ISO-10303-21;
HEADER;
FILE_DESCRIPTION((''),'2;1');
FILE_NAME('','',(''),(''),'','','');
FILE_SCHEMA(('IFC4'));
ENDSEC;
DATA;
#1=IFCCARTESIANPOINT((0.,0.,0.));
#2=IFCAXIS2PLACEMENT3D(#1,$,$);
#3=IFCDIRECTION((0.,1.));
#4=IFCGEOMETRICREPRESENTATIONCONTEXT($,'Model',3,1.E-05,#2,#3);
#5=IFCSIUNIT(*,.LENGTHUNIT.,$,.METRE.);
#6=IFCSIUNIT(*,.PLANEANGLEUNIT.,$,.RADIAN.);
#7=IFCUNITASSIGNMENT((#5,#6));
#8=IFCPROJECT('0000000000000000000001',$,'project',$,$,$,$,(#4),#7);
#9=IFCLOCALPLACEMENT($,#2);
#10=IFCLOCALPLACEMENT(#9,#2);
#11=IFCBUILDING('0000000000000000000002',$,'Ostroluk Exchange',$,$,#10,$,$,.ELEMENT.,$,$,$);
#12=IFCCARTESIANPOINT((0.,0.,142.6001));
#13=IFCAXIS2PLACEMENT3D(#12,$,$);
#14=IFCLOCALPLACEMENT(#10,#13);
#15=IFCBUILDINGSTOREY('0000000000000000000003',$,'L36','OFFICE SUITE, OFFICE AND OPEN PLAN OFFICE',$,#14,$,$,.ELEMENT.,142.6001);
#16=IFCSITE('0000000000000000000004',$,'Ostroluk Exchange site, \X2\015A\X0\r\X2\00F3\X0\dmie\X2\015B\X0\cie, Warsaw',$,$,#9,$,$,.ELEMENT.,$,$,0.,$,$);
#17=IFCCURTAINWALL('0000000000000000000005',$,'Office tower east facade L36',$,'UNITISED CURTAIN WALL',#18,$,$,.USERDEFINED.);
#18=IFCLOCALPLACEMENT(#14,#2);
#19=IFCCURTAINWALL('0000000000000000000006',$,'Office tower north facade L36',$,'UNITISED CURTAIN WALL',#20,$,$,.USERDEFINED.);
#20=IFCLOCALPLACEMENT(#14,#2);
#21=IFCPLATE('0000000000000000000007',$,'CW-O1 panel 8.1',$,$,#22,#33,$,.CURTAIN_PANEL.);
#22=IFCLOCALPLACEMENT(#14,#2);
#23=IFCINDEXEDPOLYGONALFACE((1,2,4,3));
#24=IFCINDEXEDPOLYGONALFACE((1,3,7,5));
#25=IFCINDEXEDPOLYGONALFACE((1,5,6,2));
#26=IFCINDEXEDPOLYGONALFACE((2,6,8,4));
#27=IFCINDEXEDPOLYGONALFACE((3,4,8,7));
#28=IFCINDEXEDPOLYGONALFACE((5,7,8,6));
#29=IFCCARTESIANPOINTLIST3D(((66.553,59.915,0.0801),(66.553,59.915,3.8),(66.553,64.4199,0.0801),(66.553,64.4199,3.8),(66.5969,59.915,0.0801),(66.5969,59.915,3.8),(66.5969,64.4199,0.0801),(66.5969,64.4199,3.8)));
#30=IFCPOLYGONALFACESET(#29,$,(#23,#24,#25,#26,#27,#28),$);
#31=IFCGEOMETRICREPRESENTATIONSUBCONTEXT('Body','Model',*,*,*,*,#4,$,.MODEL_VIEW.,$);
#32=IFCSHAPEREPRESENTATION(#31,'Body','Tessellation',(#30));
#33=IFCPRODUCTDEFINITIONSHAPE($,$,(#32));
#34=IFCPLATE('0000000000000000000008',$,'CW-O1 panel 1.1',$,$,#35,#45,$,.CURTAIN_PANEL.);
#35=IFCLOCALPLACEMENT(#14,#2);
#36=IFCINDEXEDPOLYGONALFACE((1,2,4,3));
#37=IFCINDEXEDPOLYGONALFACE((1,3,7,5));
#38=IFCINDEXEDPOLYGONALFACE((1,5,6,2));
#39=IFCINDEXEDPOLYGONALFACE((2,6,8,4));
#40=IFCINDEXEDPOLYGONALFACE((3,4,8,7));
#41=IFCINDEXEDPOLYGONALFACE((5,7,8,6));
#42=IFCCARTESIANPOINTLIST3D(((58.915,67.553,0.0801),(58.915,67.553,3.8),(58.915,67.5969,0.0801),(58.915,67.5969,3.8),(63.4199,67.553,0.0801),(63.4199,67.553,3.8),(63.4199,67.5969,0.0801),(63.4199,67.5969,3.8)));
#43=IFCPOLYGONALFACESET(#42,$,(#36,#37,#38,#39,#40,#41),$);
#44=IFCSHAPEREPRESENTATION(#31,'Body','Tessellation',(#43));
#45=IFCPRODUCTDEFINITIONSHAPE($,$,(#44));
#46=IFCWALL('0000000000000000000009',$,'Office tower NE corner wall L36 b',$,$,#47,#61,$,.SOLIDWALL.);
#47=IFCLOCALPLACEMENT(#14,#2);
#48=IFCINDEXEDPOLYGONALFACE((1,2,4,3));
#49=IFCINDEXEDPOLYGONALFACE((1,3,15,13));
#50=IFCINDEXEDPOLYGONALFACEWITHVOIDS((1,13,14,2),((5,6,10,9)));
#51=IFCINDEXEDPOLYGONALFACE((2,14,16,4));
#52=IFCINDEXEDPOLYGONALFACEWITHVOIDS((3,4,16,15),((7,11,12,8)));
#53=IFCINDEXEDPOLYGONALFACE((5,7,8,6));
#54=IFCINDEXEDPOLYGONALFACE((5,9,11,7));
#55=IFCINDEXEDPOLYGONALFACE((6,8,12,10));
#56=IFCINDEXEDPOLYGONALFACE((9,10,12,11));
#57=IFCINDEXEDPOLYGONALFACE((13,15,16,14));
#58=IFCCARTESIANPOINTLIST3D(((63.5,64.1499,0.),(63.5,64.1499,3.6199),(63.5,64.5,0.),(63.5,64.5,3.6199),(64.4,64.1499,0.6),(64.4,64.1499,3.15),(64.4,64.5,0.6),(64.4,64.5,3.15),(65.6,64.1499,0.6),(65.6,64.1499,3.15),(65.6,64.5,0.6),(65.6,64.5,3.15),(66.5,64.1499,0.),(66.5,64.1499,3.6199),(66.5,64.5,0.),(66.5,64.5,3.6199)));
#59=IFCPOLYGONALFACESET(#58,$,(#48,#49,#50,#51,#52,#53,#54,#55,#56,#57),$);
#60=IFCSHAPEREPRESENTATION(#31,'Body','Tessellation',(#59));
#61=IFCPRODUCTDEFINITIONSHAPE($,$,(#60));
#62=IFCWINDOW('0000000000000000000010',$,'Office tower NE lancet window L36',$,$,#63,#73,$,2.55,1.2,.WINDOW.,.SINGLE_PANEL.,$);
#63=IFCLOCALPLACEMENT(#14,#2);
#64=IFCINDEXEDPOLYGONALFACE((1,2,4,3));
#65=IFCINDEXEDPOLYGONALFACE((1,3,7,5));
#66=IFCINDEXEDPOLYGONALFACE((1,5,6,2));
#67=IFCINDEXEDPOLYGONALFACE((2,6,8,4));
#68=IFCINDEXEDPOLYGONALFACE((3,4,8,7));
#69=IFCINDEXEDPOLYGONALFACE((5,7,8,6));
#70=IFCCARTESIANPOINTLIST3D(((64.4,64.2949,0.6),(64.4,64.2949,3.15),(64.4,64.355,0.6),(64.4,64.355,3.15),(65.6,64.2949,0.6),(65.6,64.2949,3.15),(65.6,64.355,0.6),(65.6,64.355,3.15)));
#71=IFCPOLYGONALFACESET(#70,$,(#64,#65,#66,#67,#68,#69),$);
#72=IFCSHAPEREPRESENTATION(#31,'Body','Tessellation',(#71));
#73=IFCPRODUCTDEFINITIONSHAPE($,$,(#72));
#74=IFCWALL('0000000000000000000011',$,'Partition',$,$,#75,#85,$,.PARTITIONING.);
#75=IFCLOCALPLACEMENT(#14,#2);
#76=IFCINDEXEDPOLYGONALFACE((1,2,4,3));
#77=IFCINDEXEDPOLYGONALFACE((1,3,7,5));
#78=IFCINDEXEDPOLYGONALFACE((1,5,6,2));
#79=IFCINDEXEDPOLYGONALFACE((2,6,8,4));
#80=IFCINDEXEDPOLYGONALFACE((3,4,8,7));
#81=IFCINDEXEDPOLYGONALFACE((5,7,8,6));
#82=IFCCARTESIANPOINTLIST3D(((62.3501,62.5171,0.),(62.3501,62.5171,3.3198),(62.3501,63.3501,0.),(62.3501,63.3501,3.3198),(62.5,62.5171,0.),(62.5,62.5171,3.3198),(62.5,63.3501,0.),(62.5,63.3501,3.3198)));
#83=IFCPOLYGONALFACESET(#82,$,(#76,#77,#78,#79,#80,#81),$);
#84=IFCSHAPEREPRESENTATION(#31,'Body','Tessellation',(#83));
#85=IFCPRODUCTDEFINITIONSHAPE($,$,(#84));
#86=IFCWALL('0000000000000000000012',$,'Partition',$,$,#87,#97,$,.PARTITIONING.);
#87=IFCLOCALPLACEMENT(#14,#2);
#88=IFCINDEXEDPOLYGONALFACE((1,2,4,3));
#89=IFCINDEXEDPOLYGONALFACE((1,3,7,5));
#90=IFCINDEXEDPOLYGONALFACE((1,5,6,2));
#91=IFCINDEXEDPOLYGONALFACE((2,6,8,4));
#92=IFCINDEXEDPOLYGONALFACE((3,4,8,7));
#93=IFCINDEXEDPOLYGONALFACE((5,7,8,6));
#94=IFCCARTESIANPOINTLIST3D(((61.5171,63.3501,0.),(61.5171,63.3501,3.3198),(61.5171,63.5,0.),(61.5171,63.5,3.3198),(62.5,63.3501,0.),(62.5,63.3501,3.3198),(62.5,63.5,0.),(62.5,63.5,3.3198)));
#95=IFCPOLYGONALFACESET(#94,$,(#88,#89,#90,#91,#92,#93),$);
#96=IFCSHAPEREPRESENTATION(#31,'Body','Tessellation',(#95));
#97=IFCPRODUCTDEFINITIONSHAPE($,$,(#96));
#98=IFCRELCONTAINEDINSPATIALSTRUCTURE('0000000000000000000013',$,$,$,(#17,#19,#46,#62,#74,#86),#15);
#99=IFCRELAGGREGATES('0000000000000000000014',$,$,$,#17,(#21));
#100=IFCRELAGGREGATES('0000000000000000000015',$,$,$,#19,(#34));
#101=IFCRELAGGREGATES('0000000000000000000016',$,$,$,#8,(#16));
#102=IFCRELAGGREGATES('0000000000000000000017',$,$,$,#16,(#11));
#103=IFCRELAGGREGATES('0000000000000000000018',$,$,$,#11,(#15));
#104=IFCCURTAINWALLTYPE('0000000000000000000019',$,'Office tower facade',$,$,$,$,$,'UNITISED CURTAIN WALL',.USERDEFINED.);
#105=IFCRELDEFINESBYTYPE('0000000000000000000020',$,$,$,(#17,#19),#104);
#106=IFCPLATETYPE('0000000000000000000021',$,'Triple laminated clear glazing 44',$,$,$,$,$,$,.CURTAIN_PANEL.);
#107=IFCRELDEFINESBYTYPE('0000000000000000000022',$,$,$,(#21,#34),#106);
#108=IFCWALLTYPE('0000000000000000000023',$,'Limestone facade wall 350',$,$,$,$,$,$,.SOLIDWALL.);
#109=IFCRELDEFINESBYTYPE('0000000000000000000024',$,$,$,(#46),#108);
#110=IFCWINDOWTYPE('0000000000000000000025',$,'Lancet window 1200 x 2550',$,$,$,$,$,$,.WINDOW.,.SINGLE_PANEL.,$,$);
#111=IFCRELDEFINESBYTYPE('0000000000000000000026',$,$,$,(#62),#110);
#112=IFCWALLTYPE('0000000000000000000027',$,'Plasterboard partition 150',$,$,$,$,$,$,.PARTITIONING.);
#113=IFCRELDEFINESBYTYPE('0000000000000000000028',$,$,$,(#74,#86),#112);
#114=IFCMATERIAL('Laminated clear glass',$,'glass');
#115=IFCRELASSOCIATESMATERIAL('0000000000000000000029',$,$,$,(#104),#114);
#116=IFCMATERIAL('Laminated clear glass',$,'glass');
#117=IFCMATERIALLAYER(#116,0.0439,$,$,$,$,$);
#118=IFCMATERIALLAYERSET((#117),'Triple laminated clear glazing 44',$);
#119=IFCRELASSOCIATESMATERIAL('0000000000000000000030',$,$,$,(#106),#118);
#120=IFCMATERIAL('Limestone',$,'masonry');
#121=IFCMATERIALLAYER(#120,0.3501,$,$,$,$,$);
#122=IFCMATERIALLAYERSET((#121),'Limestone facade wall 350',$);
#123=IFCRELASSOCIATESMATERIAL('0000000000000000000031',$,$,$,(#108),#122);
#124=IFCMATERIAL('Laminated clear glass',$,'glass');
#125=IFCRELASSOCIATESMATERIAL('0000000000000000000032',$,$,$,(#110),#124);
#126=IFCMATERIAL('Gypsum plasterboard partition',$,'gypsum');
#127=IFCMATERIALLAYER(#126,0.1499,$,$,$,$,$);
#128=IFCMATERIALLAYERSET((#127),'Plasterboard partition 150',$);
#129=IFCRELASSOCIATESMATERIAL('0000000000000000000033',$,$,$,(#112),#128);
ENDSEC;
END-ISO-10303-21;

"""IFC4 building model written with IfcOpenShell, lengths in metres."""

from ifc_helpers import new_model, si_unit, direction, frame, frame_2d, origin, origin_2d, place, context, subcontext, project, spatial, rectangle, extrude, material, layer, layer_set, type_object, element, fill, aggregate, save


model = new_model("IFC4")

# Units and contexts
model_context = context("Model", 3, precision=1e-05, world=origin(), true_north=direction((0.0, 1.0)))
body_context = subcontext(model_context, "Body", "Model", "MODEL_VIEW")
ifc_project = project(units=[si_unit("LENGTHUNIT", "METRE"), si_unit("PLANEANGLEUNIT", "RADIAN")], contexts=[model_context])

# Site, building, storey
site_placement = place(None, origin())
site = spatial("IfcSite", under=ifc_project, at=site_placement, Name="Ostroluk Exchange site, Śródmieście, Warsaw", CompositionType="ELEMENT", RefElevation=0.0)
building_placement = place(site_placement, origin())
building = spatial("IfcBuilding", under=site, at=building_placement, Name="Ostroluk Exchange", CompositionType="ELEMENT")
storey_placement = place(building_placement, frame((0.0, 0.0, 142.6001)))
storey = spatial("IfcBuildingStorey", under=building, at=storey_placement, Name="L36", Description="OFFICE SUITE, OFFICE AND OPEN PLAN OFFICE", CompositionType="ELEMENT", Elevation=142.6001)

# Curtain walls
ifc_material_1 = material(Name="Laminated clear glass", Category="glass")
curtain_wall_type = type_object("IfcCurtainWallType", Name="Office tower facade", ElementType="UNITISED CURTAIN WALL", PredefinedType="USERDEFINED", material=ifc_material_1)
curtain_wall_1_placement = place(storey_placement, origin())
curtain_wall_1 = element("IfcCurtainWall", 1, at=curtain_wall_1_placement, inside=storey, type_object=curtain_wall_type, Name="Office tower east facade L36", ObjectType="UNITISED CURTAIN WALL", PredefinedType="USERDEFINED")
curtain_wall_2_placement = place(storey_placement, origin())
curtain_wall_2 = element("IfcCurtainWall", 2, at=curtain_wall_2_placement, inside=storey, type_object=curtain_wall_type, Name="Office tower north facade L36", ObjectType="UNITISED CURTAIN WALL", PredefinedType="USERDEFINED")

# Plates
ifc_material_2 = material(Name="Laminated clear glass", Category="glass")
ifc_layer_1 = layer(ifc_material_2, 0.0439)
ifc_layer_set_1 = layer_set([ifc_layer_1], Name="Triple laminated clear glazing 44")
plate_type_1 = type_object("IfcPlateType", Name="Triple laminated clear glazing 44", PredefinedType="CURTAIN_PANEL", material=ifc_layer_set_1)
plate_1_placement = place(storey_placement, frame((66.575, 62.1675, 0.0801), z_axis=(0.0, 0.0, 1.0), x_axis=(0.0, 1.0, 0.0)))
plate_1 = element("IfcPlate", 3, at=plate_1_placement, type_object=plate_type_1, Name="CW-O1 panel 8.1", PredefinedType="CURTAIN_PANEL", context=body_context, shape_type="SweptSolid", body=[
    extrude(rectangle(XDim=4.5049, YDim=0.0439, at=origin_2d()), origin(), (0.0, 0.0, 1.0), 3.72),
])
aggregate(curtain_wall_1, [plate_1])
plate_2_placement = place(storey_placement, frame((61.1675, 67.575, 0.0801), z_axis=(0.0, 0.0, 1.0), x_axis=(-1.0, 0.0, 0.0)))
plate_2 = element("IfcPlate", 4, at=plate_2_placement, type_object=plate_type_1, Name="CW-O1 panel 1.1", PredefinedType="CURTAIN_PANEL", context=body_context, shape_type="SweptSolid", body=[
    extrude(rectangle(XDim=4.5049, YDim=0.0439, at=origin_2d()), origin(), (0.0, 0.0, 1.0), 3.72),
])
aggregate(curtain_wall_2, [plate_2])

# Shared definitions
ifc_material_3 = material(Name="Limestone", Category="masonry")
ifc_layer_2 = layer(ifc_material_3, 0.3501)
ifc_layer_set_2 = layer_set([ifc_layer_2], Name="Limestone facade wall 350")
wall_type_1 = type_object("IfcWallType", Name="Limestone facade wall 350", PredefinedType="SOLIDWALL", material=ifc_layer_set_2)

# Wall, opening, window
wall_1_placement = place(storey_placement, frame((63.5, 64.325, 0.0), z_axis=(0.0, 0.0, 1.0), x_axis=(1.0, 0.0, 0.0)))
wall_1 = element("IfcWall", 5, at=wall_1_placement, inside=storey, type_object=wall_type_1, Name="Office tower NE corner wall L36 b", PredefinedType="SOLIDWALL", context=body_context, shape_type="SweptSolid", body=[
    extrude(rectangle(XDim=3.0, YDim=0.3501, at=frame_2d((1.5, 0.0))), origin(), (0.0, 0.0, 1.0), 3.6199),
])
opening_1_placement = place(wall_1_placement, frame((0.8999, 0.0, 0.6001)))
opening_1 = element("IfcOpeningElement", 6, at=opening_1_placement, cuts=wall_1, PredefinedType="OPENING", context=body_context, shape_type="SweptSolid", body=[
    extrude(rectangle(XDim=1.2, YDim=2.55, at=frame_2d((0.6001, 1.2749))), frame((0.0, 0.1851, 0.0), z_axis=(0.0, -1.0, 0.0), x_axis=(1.0, 0.0, 0.0)), (0.0, 0.0, 1.0), 0.3701),
])
ifc_material_4 = material(Name="Laminated clear glass", Category="glass")
window_type = type_object("IfcWindowType", Name="Lancet window 1200 x 2550", PartitioningType="SINGLE_PANEL", PredefinedType="WINDOW", material=ifc_material_4)
window_placement = place(opening_1_placement, origin())
window = element("IfcWindow", 7, at=window_placement, inside=storey, type_object=window_type, Name="Office tower NE lancet window L36", OverallHeight=2.55, OverallWidth=1.2, PartitioningType="SINGLE_PANEL", PredefinedType="WINDOW", context=body_context, shape_type="SweptSolid", body=[
    extrude(rectangle(XDim=1.2, YDim=2.55, at=frame_2d((0.6001, 1.2749))), frame((0.0, 0.03, 0.0), z_axis=(0.0, -1.0, 0.0), x_axis=(1.0, 0.0, 0.0)), (0.0, 0.0, 1.0), 0.0601),
])
fill(opening_1, window)

# Walls
ifc_material_5 = material(Name="Gypsum plasterboard partition", Category="gypsum")
ifc_layer_3 = layer(ifc_material_5, 0.1499)
ifc_layer_set_3 = layer_set([ifc_layer_3], Name="Plasterboard partition 150")
wall_type_2 = type_object("IfcWallType", Name="Plasterboard partition 150", PredefinedType="PARTITIONING", material=ifc_layer_set_3)
wall_2_placement = place(storey_placement, frame((62.425, 62.5171, 0.0), z_axis=(0.0, 0.0, 1.0), x_axis=(0.0, 1.0, 0.0)))
element("IfcWall", 8, at=wall_2_placement, inside=storey, type_object=wall_type_2, Name="Partition", PredefinedType="PARTITIONING", context=body_context, shape_type="SweptSolid", body=[
    extrude(rectangle(XDim=0.833, YDim=0.1499, at=frame_2d((0.4165, 0.0))), origin(), (0.0, 0.0, 1.0), 3.3198),
])
wall_3_placement = place(storey_placement, frame((62.5, 63.425, 0.0), z_axis=(0.0, 0.0, 1.0), x_axis=(-1.0, 0.0, 0.0)))
element("IfcWall", 9, at=wall_3_placement, inside=storey, type_object=wall_type_2, Name="Partition", PredefinedType="PARTITIONING", context=body_context, shape_type="SweptSolid", body=[
    extrude(rectangle(XDim=0.9829, YDim=0.1499, at=frame_2d((0.4915, 0.0))), origin(), (0.0, 0.0, 1.0), 3.3198),
])

save(model, "model.ifc")
